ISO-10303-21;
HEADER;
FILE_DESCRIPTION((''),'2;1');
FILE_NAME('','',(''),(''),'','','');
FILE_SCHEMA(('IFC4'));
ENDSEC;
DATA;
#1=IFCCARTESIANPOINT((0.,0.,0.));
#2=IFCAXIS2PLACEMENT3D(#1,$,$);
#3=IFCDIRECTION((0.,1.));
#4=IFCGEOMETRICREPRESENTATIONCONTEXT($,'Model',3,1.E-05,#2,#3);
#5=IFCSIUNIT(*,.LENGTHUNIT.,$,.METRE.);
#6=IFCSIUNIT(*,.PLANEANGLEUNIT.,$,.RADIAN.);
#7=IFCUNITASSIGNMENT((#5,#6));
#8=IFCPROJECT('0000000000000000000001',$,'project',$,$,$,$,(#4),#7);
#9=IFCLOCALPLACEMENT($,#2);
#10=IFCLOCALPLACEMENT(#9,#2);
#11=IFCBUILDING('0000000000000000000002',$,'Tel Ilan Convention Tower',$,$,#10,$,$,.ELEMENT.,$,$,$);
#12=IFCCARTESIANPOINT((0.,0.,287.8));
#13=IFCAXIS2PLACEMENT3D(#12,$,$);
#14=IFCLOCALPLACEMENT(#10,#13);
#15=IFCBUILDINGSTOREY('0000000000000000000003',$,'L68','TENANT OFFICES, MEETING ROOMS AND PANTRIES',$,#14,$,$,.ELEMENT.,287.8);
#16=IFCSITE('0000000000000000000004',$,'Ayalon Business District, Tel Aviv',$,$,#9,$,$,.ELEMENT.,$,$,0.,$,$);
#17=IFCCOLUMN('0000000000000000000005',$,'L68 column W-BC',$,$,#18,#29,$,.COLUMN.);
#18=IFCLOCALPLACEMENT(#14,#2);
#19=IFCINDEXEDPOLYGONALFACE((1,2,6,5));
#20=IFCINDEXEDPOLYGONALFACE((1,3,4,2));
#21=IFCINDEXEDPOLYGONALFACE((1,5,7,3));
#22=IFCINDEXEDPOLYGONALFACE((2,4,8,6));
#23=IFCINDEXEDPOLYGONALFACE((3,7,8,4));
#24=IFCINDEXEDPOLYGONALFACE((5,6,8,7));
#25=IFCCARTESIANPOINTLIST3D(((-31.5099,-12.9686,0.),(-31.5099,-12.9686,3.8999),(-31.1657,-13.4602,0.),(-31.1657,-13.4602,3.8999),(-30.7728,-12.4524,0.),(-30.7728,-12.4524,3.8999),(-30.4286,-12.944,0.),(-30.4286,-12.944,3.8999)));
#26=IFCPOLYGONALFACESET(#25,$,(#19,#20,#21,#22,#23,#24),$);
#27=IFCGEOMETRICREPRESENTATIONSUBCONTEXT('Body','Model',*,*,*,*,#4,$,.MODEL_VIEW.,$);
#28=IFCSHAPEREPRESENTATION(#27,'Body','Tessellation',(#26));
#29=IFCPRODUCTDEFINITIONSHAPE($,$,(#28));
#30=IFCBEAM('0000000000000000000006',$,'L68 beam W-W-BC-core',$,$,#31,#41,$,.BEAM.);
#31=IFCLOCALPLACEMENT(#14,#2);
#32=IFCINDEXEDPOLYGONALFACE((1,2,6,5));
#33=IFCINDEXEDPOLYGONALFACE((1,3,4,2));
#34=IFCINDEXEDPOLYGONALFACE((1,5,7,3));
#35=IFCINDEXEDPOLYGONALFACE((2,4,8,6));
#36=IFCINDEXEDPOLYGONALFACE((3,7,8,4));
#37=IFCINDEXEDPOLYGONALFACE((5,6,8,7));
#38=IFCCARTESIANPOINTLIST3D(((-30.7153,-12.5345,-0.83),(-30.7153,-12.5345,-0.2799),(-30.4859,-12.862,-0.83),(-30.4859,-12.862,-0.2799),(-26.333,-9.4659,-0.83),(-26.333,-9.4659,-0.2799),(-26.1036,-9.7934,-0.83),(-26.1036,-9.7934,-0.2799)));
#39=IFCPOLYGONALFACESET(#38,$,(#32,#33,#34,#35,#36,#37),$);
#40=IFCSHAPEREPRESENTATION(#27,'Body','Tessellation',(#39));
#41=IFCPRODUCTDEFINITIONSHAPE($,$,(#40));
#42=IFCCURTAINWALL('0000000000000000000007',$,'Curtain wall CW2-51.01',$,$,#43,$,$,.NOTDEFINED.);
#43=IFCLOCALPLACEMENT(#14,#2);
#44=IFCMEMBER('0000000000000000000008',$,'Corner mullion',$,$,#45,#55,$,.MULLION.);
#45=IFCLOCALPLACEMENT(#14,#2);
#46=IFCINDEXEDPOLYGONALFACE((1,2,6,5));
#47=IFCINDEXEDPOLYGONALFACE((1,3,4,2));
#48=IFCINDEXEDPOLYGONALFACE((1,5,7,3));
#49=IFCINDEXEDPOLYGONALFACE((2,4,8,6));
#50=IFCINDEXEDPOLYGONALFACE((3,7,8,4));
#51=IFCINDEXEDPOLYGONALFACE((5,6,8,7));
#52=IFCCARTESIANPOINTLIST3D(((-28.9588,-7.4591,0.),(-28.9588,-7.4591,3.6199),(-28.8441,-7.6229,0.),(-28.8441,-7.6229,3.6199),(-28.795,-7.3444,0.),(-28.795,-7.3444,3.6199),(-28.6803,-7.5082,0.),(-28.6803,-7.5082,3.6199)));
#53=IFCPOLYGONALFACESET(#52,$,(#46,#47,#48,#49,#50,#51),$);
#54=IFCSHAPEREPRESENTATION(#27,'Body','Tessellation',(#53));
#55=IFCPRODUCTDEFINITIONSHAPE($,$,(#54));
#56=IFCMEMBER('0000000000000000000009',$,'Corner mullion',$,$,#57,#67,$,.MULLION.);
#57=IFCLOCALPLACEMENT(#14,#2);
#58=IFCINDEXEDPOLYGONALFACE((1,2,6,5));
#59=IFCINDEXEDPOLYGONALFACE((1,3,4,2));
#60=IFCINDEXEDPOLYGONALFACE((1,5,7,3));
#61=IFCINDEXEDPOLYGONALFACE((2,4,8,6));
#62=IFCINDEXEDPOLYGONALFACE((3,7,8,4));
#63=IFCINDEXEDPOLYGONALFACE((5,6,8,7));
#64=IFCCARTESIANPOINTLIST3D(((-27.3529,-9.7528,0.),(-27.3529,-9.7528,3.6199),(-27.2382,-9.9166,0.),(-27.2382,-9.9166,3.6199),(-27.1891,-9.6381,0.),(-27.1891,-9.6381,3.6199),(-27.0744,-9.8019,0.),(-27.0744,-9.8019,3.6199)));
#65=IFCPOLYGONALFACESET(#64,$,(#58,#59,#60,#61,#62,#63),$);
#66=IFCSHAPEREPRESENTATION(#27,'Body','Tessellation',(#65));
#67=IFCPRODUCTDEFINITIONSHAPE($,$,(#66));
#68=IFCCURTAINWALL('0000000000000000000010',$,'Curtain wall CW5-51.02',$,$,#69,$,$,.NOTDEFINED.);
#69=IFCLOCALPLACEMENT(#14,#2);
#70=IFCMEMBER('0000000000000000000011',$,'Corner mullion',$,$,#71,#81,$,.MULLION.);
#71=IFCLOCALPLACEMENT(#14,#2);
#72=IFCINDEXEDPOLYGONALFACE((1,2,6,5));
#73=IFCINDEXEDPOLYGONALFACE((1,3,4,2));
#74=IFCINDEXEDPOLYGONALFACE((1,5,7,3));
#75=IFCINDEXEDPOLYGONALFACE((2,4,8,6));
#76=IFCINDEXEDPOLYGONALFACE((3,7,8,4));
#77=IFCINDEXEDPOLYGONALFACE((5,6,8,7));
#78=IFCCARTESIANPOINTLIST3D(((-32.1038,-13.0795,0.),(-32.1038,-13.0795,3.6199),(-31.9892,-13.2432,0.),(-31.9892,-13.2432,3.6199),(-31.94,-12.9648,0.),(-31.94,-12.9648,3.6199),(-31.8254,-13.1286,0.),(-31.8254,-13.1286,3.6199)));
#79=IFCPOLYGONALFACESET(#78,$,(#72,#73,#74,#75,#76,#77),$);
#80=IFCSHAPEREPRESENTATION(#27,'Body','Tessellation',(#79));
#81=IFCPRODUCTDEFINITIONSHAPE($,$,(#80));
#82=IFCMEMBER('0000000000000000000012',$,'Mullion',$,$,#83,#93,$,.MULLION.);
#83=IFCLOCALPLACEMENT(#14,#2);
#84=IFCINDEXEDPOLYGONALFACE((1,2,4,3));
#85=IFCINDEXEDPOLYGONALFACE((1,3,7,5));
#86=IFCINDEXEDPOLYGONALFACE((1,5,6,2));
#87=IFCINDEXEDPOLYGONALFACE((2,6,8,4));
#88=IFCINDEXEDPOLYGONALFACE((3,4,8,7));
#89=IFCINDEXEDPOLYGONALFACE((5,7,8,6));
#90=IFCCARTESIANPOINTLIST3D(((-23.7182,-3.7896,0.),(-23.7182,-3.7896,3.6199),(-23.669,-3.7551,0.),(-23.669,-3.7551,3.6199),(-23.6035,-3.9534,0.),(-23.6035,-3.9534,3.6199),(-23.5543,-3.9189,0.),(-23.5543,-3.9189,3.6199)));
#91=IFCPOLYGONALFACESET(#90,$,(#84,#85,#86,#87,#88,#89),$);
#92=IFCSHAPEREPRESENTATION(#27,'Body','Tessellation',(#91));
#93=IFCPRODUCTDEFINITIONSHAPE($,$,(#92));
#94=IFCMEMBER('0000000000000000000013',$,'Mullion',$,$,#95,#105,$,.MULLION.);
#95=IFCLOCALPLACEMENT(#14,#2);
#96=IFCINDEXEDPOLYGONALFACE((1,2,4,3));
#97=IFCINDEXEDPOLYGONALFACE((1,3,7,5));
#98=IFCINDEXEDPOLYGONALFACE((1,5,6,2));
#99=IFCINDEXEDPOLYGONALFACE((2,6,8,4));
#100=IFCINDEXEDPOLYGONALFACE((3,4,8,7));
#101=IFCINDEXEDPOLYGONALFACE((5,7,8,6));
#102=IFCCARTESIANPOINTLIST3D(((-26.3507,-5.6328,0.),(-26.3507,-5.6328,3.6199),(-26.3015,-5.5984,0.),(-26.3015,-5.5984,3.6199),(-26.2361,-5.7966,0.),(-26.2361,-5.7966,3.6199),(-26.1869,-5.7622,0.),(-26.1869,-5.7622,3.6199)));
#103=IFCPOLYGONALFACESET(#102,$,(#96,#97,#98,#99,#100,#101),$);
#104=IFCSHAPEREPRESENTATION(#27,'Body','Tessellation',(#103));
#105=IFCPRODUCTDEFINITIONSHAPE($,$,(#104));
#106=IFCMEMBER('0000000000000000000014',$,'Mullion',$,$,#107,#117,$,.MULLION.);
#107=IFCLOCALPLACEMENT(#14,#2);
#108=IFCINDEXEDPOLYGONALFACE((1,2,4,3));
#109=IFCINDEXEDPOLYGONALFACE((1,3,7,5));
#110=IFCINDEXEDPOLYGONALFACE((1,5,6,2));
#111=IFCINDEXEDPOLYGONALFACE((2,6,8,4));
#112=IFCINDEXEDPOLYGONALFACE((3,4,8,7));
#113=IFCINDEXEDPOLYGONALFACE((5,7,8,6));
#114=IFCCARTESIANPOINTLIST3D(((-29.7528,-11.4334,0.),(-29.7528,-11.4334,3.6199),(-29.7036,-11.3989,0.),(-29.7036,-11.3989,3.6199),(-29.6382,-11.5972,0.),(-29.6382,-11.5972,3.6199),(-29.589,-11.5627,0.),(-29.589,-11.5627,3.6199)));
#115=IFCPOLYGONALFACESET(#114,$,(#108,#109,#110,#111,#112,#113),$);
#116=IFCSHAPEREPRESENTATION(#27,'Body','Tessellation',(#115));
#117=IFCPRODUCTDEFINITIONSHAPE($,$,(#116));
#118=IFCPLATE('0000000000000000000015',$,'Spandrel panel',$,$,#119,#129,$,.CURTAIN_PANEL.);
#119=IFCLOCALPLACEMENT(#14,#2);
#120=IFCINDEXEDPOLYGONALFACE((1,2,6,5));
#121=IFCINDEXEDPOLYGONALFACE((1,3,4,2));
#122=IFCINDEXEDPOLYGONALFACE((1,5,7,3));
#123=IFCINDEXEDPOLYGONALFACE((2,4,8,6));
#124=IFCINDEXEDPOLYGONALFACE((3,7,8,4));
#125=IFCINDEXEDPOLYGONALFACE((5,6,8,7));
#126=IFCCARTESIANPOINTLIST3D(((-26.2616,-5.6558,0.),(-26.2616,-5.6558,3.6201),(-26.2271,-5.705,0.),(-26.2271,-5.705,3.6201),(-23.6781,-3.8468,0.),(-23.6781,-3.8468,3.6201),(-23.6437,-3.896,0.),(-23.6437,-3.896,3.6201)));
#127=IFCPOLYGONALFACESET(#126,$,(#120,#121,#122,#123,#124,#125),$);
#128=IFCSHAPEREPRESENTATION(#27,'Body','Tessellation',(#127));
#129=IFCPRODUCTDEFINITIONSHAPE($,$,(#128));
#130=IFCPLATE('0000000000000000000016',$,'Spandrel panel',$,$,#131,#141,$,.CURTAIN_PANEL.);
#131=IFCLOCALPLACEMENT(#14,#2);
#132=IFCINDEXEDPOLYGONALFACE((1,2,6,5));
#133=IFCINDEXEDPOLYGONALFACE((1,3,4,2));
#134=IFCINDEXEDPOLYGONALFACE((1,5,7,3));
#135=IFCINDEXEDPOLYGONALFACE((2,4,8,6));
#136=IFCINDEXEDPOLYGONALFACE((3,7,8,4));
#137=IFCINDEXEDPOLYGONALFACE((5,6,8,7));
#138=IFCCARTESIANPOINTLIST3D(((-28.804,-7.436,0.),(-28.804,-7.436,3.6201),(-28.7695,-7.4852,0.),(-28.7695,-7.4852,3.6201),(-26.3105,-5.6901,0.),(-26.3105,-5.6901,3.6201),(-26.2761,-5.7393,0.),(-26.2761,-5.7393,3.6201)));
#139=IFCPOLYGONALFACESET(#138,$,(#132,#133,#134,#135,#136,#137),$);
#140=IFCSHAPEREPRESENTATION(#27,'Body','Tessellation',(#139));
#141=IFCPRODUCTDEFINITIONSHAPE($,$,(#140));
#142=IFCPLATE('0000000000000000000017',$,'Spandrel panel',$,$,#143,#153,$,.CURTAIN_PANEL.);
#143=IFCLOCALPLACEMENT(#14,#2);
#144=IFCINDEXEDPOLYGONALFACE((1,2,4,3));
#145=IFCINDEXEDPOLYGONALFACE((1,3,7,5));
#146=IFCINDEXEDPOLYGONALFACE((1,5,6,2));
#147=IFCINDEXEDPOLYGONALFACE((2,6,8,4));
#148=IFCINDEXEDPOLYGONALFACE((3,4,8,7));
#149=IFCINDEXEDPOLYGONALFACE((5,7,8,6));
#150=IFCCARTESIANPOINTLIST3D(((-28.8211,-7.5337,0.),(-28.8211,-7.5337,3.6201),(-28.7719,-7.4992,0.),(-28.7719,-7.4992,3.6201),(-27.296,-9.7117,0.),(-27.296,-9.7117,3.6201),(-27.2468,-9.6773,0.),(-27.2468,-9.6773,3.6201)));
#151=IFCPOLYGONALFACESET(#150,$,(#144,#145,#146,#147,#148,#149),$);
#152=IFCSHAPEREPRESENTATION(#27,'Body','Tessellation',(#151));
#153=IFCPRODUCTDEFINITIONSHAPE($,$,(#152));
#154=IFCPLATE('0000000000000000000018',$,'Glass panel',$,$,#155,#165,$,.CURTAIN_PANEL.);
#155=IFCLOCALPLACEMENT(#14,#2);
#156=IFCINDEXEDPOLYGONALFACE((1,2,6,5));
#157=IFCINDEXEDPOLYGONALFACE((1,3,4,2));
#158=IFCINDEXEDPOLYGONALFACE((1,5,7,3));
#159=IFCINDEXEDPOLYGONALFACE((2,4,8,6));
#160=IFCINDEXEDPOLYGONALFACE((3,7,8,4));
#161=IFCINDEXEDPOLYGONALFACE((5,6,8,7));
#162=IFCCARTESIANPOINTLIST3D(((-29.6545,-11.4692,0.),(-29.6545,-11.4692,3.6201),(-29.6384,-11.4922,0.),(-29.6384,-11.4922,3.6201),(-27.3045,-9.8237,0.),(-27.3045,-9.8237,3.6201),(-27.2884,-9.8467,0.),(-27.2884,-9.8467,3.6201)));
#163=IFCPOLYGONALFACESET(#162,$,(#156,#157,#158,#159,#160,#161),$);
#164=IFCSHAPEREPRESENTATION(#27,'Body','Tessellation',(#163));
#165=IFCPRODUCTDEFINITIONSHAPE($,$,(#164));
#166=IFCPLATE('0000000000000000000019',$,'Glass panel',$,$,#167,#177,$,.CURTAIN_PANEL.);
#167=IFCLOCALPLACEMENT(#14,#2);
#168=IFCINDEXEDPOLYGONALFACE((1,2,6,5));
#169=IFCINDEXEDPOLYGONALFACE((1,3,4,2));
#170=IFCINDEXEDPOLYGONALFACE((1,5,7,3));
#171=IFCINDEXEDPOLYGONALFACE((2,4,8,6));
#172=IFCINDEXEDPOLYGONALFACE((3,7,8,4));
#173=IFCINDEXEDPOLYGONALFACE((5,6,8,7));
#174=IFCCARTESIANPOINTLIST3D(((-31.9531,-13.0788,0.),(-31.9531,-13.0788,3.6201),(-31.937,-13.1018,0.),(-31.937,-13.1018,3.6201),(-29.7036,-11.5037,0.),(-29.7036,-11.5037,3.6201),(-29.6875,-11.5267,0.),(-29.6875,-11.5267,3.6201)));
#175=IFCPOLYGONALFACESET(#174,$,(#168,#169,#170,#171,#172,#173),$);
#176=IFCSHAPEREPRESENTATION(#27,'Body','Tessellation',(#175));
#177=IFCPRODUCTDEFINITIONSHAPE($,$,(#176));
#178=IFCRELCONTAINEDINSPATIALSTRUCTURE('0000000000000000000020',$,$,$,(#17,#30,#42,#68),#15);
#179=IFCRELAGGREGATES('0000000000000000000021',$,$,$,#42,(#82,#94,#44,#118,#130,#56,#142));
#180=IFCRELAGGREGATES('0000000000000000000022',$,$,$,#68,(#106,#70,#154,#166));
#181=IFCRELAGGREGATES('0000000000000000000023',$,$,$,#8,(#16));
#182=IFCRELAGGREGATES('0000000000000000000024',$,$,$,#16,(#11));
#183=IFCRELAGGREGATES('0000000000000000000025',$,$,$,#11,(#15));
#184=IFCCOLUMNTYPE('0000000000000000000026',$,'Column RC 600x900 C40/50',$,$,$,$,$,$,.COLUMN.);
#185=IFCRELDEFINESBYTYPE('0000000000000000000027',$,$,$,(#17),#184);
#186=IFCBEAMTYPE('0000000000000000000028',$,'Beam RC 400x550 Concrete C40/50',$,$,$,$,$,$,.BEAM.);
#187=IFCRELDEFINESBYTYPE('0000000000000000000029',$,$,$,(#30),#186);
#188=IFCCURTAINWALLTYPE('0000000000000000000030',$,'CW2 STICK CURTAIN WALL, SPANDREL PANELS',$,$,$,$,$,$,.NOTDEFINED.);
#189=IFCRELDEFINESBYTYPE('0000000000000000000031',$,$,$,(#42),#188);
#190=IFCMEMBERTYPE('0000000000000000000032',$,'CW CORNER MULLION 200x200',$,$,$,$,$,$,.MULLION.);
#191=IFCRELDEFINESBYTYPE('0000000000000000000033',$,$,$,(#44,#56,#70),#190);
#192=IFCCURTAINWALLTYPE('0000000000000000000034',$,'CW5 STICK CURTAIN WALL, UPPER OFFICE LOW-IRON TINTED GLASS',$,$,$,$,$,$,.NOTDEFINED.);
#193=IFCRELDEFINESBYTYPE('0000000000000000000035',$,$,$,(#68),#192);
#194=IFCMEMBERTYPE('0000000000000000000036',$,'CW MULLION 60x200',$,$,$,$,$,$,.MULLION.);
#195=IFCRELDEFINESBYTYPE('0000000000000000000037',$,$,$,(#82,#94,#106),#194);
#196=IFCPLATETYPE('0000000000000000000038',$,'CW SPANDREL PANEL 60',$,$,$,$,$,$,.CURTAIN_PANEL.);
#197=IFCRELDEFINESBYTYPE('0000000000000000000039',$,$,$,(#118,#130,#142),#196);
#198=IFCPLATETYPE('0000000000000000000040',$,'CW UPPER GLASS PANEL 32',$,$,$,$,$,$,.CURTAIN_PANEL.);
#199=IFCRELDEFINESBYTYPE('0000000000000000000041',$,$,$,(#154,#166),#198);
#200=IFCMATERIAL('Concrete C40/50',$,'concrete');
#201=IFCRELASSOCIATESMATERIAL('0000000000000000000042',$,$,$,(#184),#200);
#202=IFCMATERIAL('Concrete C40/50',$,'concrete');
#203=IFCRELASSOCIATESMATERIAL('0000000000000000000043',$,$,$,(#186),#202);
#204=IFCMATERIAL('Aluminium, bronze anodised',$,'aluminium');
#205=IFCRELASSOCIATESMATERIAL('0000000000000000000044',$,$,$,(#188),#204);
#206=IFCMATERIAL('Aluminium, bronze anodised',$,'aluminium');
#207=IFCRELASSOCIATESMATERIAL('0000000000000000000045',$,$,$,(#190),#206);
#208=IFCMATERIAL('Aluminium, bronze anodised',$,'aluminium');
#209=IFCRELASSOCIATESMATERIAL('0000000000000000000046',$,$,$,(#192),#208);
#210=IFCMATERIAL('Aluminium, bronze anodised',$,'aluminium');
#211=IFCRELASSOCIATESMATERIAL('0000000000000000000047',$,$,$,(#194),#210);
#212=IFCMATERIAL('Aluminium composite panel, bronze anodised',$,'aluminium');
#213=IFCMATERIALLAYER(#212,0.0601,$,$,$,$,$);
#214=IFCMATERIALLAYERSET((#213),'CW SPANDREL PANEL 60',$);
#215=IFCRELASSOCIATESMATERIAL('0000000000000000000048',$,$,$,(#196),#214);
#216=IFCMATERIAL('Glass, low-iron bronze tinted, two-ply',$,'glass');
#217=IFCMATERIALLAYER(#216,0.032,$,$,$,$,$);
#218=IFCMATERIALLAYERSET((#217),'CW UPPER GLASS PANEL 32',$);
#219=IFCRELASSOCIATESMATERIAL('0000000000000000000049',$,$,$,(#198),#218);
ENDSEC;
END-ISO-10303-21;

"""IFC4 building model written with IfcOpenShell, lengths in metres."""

from ifc_helpers import new_model, si_unit, direction, frame, origin, origin_2d, place, context, subcontext, project, spatial, rectangle, extrude, material, layer, layer_set, material_profile, profile_set, type_object, element, aggregate, save


model = new_model("IFC4")

# Units and contexts
model_context = context("Model", 3, precision=1e-05, world=origin(), true_north=direction((0.0, 1.0)))
body_context = subcontext(model_context, "Body", "Model", "MODEL_VIEW")
ifc_project = project(units=[si_unit("LENGTHUNIT", "METRE"), si_unit("PLANEANGLEUNIT", "RADIAN")], contexts=[model_context])

# Site, building, storey
site_placement = place(None, origin())
site = spatial("IfcSite", under=ifc_project, at=site_placement, Name="Ayalon Business District, Tel Aviv", CompositionType="ELEMENT", RefElevation=0.0)
building_placement = place(site_placement, origin())
building = spatial("IfcBuilding", under=site, at=building_placement, Name="Tel Ilan Convention Tower", CompositionType="ELEMENT")
storey_placement = place(building_placement, frame((0.0, 0.0, 287.8)))
storey = spatial("IfcBuildingStorey", under=building, at=storey_placement, Name="L68", Description="TENANT OFFICES, MEETING ROOMS AND PANTRIES", CompositionType="ELEMENT", Elevation=287.8)

# Column
ifc_material_1 = material(Name="Concrete C40/50", Category="concrete")
ifc_material_profile_1 = material_profile(ifc_material_1, rectangle(XDim=0.8999, YDim=0.6001, at=origin_2d()), Name="RC 600x900")
ifc_profile_set_1 = profile_set([ifc_material_profile_1], Name="Concrete C40/50")
column_type = type_object("IfcColumnType", Name="Column RC 600x900 C40/50", PredefinedType="COLUMN", material=ifc_profile_set_1)
column_placement = place(storey_placement, frame((-30.9692, -12.9563, 0.0), z_axis=(0.0, 0.0, 1.0), x_axis=(-0.819152, -0.573576, 0.0)))
element("IfcColumn", 1, at=column_placement, inside=storey, type_object=column_type, Name="L68 column W-BC", PredefinedType="COLUMN", context=body_context, shape_type="SweptSolid", body=[
    extrude(rectangle(XDim=0.8999, YDim=0.6001, at=origin_2d()), origin(), (0.0, 0.0, 1.0), 3.8999),
])

# Beam
ifc_material_2 = material(Name="Concrete C40/50", Category="concrete")
ifc_material_profile_2 = material_profile(ifc_material_2, rectangle(XDim=0.3999, YDim=0.55, at=origin_2d()), Name="RC 400x550")
ifc_profile_set_2 = profile_set([ifc_material_profile_2], Name="Concrete C40/50")
beam_type = type_object("IfcBeamType", Name="Beam RC 400x550 Concrete C40/50", PredefinedType="BEAM", material=ifc_profile_set_2)
beam_placement = place(storey_placement, frame((-30.6006, -12.6982, -0.5549), z_axis=(0.819146, 0.573585, 0.0), x_axis=(-0.573585, 0.819146, 0.0)))
element("IfcBeam", 2, at=beam_placement, inside=storey, type_object=beam_type, Name="L68 beam W-W-BC-core", PredefinedType="BEAM", context=body_context, shape_type="SweptSolid", body=[
    extrude(rectangle(XDim=0.3999, YDim=0.55, at=origin_2d()), origin(), (0.0, 0.0, 1.0), 5.3499),
])

# Curtain wall, members
ifc_material_3 = material(Name="Aluminium, bronze anodised", Category="aluminium")
curtain_wall_type_1 = type_object("IfcCurtainWallType", Name="CW2 STICK CURTAIN WALL, SPANDREL PANELS", PredefinedType="NOTDEFINED", material=ifc_material_3)
curtain_wall_1_placement = place(storey_placement, origin())
curtain_wall_1 = element("IfcCurtainWall", 3, at=curtain_wall_1_placement, inside=storey, type_object=curtain_wall_type_1, Name="Curtain wall CW2-51.01", PredefinedType="NOTDEFINED")
ifc_material_4 = material(Name="Aluminium, bronze anodised", Category="aluminium")
ifc_material_profile_3 = material_profile(ifc_material_4, rectangle(XDim=0.2, YDim=0.2, at=origin_2d()), Name="CW CORNER MULLION 200x200")
ifc_profile_set_3 = profile_set([ifc_material_profile_3], Name="Aluminium, bronze anodised")
member_type_1 = type_object("IfcMemberType", Name="CW CORNER MULLION 200x200", PredefinedType="MULLION", material=ifc_profile_set_3)
member_1_placement = place(storey_placement, frame((-28.8196, -7.4836, 0.0), z_axis=(0.0, 0.0, 1.0), x_axis=(-0.819152, -0.573576, 0.0)))
member_1 = element("IfcMember", 4, at=member_1_placement, type_object=member_type_1, Name="Corner mullion", PredefinedType="MULLION", context=body_context, shape_type="SweptSolid", body=[
    extrude(rectangle(XDim=0.2, YDim=0.2, at=origin_2d()), origin(), (0.0, 0.0, 1.0), 3.6199),
])
member_2_placement = place(storey_placement, frame((-27.2136, -9.7773, 0.0), z_axis=(0.0, 0.0, 1.0), x_axis=(0.573576, -0.819152, 0.0)))
member_2 = element("IfcMember", 5, at=member_2_placement, type_object=member_type_1, Name="Corner mullion", PredefinedType="MULLION", context=body_context, shape_type="SweptSolid", body=[
    extrude(rectangle(XDim=0.2, YDim=0.2, at=origin_2d()), origin(), (0.0, 0.0, 1.0), 3.6199),
])

# Curtain wall, member
ifc_material_5 = material(Name="Aluminium, bronze anodised", Category="aluminium")
curtain_wall_type_2 = type_object("IfcCurtainWallType", Name="CW5 STICK CURTAIN WALL, UPPER OFFICE LOW-IRON TINTED GLASS", PredefinedType="NOTDEFINED", material=ifc_material_5)
curtain_wall_2_placement = place(storey_placement, origin())
curtain_wall_2 = element("IfcCurtainWall", 6, at=curtain_wall_2_placement, inside=storey, type_object=curtain_wall_type_2, Name="Curtain wall CW5-51.02", PredefinedType="NOTDEFINED")
member_3_placement = place(storey_placement, frame((-31.9646, -13.104, 0.0), z_axis=(0.0, 0.0, 1.0), x_axis=(-0.819152, -0.573576, 0.0)))
member_3 = element("IfcMember", 7, at=member_3_placement, type_object=member_type_1, Name="Corner mullion", PredefinedType="MULLION", context=body_context, shape_type="SweptSolid", body=[
    extrude(rectangle(XDim=0.2, YDim=0.2, at=origin_2d()), origin(), (0.0, 0.0, 1.0), 3.6199),
])

# Members
ifc_material_6 = material(Name="Aluminium, bronze anodised", Category="aluminium")
ifc_material_profile_4 = material_profile(ifc_material_6, rectangle(XDim=0.0601, YDim=0.2, at=origin_2d()), Name="CW MULLION 60x200")
ifc_profile_set_4 = profile_set([ifc_material_profile_4], Name="Aluminium, bronze anodised")
member_type_2 = type_object("IfcMemberType", Name="CW MULLION 60x200", PredefinedType="MULLION", material=ifc_profile_set_4)
member_4_placement = place(storey_placement, frame((-23.6362, -3.8542, 0.0), z_axis=(0.0, 0.0, 1.0), x_axis=(-0.819152, -0.573576, 0.0)))
member_4 = element("IfcMember", 8, at=member_4_placement, type_object=member_type_2, Name="Mullion", PredefinedType="MULLION", context=body_context, shape_type="SweptSolid", body=[
    extrude(rectangle(XDim=0.0601, YDim=0.2, at=origin_2d()), origin(), (0.0, 0.0, 1.0), 3.6199),
])
member_5_placement = place(storey_placement, frame((-26.2688, -5.6975, 0.0), z_axis=(0.0, 0.0, 1.0), x_axis=(-0.819152, -0.573576, 0.0)))
member_5 = element("IfcMember", 9, at=member_5_placement, type_object=member_type_2, Name="Mullion", PredefinedType="MULLION", context=body_context, shape_type="SweptSolid", body=[
    extrude(rectangle(XDim=0.0601, YDim=0.2, at=origin_2d()), origin(), (0.0, 0.0, 1.0), 3.6199),
])
member_6_placement = place(storey_placement, frame((-29.6709, -11.498, 0.0), z_axis=(0.0, 0.0, 1.0), x_axis=(-0.819152, -0.573576, 0.0)))
member_6 = element("IfcMember", 10, at=member_6_placement, type_object=member_type_2, Name="Mullion", PredefinedType="MULLION", context=body_context, shape_type="SweptSolid", body=[
    extrude(rectangle(XDim=0.0601, YDim=0.2, at=origin_2d()), origin(), (0.0, 0.0, 1.0), 3.6199),
])

# Plates
ifc_material_7 = material(Name="Aluminium composite panel, bronze anodised", Category="aluminium")
ifc_layer_1 = layer(ifc_material_7, 0.0601)
ifc_layer_set_1 = layer_set([ifc_layer_1], Name="CW SPANDREL PANEL 60")
plate_type_1 = type_object("IfcPlateType", Name="CW SPANDREL PANEL 60", PredefinedType="CURTAIN_PANEL", material=ifc_layer_set_1)
plate_1_placement = place(storey_placement, frame((-24.9526, -4.7759, 0.0), z_axis=(0.0, 0.0, 1.0), x_axis=(-0.819152, -0.573576, 0.0)))
plate_1 = element("IfcPlate", 11, at=plate_1_placement, type_object=plate_type_1, Name="Spandrel panel", PredefinedType="CURTAIN_PANEL", context=body_context, shape_type="SweptSolid", body=[
    extrude(rectangle(XDim=3.1538, YDim=0.0601, at=origin_2d()), origin(), (0.0, 0.0, 1.0), 3.6201),
])
plate_2_placement = place(storey_placement, frame((-27.54, -6.5876, 0.0), z_axis=(0.0, 0.0, 1.0), x_axis=(-0.819152, -0.573576, 0.0)))
plate_2 = element("IfcPlate", 12, at=plate_2_placement, type_object=plate_type_1, Name="Spandrel panel", PredefinedType="CURTAIN_PANEL", context=body_context, shape_type="SweptSolid", body=[
    extrude(rectangle(XDim=3.0439, YDim=0.0601, at=origin_2d()), origin(), (0.0, 0.0, 1.0), 3.6201),
])
plate_3_placement = place(storey_placement, frame((-28.0339, -8.6055, 0.0), z_axis=(0.0, 0.0, 1.0), x_axis=(0.573576, -0.819152, 0.0)))
plate_3 = element("IfcPlate", 13, at=plate_3_placement, type_object=plate_type_1, Name="Spandrel panel", PredefinedType="CURTAIN_PANEL", context=body_context, shape_type="SweptSolid", body=[
    extrude(rectangle(XDim=2.6589, YDim=0.0601, at=origin_2d()), origin(), (0.0, 0.0, 1.0), 3.6201),
])
aggregate(curtain_wall_1, [member_4, member_5, member_1, plate_1, plate_2, member_2, plate_3])
ifc_material_8 = material(Name="Glass, low-iron bronze tinted, two-ply", Category="glass")
ifc_layer_2 = layer(ifc_material_8, 0.032)
ifc_layer_set_2 = layer_set([ifc_layer_2], Name="CW UPPER GLASS PANEL 32")
plate_type_2 = type_object("IfcPlateType", Name="CW UPPER GLASS PANEL 32", PredefinedType="CURTAIN_PANEL", material=ifc_layer_set_2)
plate_4_placement = place(storey_placement, frame((-28.4714, -10.658, 0.0), z_axis=(0.0, 0.0, 1.0), x_axis=(-0.819152, -0.573576, 0.0)))
plate_4 = element("IfcPlate", 14, at=plate_4_placement, type_object=plate_type_2, Name="Glass panel", PredefinedType="CURTAIN_PANEL", context=body_context, shape_type="SweptSolid", body=[
    extrude(rectangle(XDim=2.8689, YDim=0.0281, at=origin_2d()), origin(), (0.0, 0.0, 1.0), 3.6201),
])
plate_5_placement = place(storey_placement, frame((-30.8203, -12.3027, 0.0), z_axis=(0.0, 0.0, 1.0), x_axis=(-0.819152, -0.573576, 0.0)))
plate_5 = element("IfcPlate", 15, at=plate_5_placement, type_object=plate_type_2, Name="Glass panel", PredefinedType="CURTAIN_PANEL", context=body_context, shape_type="SweptSolid", body=[
    extrude(rectangle(XDim=2.7461, YDim=0.0281, at=origin_2d()), origin(), (0.0, 0.0, 1.0), 3.6201),
])
aggregate(curtain_wall_2, [member_6, member_3, plate_4, plate_5])

save(model, "model.ifc")
